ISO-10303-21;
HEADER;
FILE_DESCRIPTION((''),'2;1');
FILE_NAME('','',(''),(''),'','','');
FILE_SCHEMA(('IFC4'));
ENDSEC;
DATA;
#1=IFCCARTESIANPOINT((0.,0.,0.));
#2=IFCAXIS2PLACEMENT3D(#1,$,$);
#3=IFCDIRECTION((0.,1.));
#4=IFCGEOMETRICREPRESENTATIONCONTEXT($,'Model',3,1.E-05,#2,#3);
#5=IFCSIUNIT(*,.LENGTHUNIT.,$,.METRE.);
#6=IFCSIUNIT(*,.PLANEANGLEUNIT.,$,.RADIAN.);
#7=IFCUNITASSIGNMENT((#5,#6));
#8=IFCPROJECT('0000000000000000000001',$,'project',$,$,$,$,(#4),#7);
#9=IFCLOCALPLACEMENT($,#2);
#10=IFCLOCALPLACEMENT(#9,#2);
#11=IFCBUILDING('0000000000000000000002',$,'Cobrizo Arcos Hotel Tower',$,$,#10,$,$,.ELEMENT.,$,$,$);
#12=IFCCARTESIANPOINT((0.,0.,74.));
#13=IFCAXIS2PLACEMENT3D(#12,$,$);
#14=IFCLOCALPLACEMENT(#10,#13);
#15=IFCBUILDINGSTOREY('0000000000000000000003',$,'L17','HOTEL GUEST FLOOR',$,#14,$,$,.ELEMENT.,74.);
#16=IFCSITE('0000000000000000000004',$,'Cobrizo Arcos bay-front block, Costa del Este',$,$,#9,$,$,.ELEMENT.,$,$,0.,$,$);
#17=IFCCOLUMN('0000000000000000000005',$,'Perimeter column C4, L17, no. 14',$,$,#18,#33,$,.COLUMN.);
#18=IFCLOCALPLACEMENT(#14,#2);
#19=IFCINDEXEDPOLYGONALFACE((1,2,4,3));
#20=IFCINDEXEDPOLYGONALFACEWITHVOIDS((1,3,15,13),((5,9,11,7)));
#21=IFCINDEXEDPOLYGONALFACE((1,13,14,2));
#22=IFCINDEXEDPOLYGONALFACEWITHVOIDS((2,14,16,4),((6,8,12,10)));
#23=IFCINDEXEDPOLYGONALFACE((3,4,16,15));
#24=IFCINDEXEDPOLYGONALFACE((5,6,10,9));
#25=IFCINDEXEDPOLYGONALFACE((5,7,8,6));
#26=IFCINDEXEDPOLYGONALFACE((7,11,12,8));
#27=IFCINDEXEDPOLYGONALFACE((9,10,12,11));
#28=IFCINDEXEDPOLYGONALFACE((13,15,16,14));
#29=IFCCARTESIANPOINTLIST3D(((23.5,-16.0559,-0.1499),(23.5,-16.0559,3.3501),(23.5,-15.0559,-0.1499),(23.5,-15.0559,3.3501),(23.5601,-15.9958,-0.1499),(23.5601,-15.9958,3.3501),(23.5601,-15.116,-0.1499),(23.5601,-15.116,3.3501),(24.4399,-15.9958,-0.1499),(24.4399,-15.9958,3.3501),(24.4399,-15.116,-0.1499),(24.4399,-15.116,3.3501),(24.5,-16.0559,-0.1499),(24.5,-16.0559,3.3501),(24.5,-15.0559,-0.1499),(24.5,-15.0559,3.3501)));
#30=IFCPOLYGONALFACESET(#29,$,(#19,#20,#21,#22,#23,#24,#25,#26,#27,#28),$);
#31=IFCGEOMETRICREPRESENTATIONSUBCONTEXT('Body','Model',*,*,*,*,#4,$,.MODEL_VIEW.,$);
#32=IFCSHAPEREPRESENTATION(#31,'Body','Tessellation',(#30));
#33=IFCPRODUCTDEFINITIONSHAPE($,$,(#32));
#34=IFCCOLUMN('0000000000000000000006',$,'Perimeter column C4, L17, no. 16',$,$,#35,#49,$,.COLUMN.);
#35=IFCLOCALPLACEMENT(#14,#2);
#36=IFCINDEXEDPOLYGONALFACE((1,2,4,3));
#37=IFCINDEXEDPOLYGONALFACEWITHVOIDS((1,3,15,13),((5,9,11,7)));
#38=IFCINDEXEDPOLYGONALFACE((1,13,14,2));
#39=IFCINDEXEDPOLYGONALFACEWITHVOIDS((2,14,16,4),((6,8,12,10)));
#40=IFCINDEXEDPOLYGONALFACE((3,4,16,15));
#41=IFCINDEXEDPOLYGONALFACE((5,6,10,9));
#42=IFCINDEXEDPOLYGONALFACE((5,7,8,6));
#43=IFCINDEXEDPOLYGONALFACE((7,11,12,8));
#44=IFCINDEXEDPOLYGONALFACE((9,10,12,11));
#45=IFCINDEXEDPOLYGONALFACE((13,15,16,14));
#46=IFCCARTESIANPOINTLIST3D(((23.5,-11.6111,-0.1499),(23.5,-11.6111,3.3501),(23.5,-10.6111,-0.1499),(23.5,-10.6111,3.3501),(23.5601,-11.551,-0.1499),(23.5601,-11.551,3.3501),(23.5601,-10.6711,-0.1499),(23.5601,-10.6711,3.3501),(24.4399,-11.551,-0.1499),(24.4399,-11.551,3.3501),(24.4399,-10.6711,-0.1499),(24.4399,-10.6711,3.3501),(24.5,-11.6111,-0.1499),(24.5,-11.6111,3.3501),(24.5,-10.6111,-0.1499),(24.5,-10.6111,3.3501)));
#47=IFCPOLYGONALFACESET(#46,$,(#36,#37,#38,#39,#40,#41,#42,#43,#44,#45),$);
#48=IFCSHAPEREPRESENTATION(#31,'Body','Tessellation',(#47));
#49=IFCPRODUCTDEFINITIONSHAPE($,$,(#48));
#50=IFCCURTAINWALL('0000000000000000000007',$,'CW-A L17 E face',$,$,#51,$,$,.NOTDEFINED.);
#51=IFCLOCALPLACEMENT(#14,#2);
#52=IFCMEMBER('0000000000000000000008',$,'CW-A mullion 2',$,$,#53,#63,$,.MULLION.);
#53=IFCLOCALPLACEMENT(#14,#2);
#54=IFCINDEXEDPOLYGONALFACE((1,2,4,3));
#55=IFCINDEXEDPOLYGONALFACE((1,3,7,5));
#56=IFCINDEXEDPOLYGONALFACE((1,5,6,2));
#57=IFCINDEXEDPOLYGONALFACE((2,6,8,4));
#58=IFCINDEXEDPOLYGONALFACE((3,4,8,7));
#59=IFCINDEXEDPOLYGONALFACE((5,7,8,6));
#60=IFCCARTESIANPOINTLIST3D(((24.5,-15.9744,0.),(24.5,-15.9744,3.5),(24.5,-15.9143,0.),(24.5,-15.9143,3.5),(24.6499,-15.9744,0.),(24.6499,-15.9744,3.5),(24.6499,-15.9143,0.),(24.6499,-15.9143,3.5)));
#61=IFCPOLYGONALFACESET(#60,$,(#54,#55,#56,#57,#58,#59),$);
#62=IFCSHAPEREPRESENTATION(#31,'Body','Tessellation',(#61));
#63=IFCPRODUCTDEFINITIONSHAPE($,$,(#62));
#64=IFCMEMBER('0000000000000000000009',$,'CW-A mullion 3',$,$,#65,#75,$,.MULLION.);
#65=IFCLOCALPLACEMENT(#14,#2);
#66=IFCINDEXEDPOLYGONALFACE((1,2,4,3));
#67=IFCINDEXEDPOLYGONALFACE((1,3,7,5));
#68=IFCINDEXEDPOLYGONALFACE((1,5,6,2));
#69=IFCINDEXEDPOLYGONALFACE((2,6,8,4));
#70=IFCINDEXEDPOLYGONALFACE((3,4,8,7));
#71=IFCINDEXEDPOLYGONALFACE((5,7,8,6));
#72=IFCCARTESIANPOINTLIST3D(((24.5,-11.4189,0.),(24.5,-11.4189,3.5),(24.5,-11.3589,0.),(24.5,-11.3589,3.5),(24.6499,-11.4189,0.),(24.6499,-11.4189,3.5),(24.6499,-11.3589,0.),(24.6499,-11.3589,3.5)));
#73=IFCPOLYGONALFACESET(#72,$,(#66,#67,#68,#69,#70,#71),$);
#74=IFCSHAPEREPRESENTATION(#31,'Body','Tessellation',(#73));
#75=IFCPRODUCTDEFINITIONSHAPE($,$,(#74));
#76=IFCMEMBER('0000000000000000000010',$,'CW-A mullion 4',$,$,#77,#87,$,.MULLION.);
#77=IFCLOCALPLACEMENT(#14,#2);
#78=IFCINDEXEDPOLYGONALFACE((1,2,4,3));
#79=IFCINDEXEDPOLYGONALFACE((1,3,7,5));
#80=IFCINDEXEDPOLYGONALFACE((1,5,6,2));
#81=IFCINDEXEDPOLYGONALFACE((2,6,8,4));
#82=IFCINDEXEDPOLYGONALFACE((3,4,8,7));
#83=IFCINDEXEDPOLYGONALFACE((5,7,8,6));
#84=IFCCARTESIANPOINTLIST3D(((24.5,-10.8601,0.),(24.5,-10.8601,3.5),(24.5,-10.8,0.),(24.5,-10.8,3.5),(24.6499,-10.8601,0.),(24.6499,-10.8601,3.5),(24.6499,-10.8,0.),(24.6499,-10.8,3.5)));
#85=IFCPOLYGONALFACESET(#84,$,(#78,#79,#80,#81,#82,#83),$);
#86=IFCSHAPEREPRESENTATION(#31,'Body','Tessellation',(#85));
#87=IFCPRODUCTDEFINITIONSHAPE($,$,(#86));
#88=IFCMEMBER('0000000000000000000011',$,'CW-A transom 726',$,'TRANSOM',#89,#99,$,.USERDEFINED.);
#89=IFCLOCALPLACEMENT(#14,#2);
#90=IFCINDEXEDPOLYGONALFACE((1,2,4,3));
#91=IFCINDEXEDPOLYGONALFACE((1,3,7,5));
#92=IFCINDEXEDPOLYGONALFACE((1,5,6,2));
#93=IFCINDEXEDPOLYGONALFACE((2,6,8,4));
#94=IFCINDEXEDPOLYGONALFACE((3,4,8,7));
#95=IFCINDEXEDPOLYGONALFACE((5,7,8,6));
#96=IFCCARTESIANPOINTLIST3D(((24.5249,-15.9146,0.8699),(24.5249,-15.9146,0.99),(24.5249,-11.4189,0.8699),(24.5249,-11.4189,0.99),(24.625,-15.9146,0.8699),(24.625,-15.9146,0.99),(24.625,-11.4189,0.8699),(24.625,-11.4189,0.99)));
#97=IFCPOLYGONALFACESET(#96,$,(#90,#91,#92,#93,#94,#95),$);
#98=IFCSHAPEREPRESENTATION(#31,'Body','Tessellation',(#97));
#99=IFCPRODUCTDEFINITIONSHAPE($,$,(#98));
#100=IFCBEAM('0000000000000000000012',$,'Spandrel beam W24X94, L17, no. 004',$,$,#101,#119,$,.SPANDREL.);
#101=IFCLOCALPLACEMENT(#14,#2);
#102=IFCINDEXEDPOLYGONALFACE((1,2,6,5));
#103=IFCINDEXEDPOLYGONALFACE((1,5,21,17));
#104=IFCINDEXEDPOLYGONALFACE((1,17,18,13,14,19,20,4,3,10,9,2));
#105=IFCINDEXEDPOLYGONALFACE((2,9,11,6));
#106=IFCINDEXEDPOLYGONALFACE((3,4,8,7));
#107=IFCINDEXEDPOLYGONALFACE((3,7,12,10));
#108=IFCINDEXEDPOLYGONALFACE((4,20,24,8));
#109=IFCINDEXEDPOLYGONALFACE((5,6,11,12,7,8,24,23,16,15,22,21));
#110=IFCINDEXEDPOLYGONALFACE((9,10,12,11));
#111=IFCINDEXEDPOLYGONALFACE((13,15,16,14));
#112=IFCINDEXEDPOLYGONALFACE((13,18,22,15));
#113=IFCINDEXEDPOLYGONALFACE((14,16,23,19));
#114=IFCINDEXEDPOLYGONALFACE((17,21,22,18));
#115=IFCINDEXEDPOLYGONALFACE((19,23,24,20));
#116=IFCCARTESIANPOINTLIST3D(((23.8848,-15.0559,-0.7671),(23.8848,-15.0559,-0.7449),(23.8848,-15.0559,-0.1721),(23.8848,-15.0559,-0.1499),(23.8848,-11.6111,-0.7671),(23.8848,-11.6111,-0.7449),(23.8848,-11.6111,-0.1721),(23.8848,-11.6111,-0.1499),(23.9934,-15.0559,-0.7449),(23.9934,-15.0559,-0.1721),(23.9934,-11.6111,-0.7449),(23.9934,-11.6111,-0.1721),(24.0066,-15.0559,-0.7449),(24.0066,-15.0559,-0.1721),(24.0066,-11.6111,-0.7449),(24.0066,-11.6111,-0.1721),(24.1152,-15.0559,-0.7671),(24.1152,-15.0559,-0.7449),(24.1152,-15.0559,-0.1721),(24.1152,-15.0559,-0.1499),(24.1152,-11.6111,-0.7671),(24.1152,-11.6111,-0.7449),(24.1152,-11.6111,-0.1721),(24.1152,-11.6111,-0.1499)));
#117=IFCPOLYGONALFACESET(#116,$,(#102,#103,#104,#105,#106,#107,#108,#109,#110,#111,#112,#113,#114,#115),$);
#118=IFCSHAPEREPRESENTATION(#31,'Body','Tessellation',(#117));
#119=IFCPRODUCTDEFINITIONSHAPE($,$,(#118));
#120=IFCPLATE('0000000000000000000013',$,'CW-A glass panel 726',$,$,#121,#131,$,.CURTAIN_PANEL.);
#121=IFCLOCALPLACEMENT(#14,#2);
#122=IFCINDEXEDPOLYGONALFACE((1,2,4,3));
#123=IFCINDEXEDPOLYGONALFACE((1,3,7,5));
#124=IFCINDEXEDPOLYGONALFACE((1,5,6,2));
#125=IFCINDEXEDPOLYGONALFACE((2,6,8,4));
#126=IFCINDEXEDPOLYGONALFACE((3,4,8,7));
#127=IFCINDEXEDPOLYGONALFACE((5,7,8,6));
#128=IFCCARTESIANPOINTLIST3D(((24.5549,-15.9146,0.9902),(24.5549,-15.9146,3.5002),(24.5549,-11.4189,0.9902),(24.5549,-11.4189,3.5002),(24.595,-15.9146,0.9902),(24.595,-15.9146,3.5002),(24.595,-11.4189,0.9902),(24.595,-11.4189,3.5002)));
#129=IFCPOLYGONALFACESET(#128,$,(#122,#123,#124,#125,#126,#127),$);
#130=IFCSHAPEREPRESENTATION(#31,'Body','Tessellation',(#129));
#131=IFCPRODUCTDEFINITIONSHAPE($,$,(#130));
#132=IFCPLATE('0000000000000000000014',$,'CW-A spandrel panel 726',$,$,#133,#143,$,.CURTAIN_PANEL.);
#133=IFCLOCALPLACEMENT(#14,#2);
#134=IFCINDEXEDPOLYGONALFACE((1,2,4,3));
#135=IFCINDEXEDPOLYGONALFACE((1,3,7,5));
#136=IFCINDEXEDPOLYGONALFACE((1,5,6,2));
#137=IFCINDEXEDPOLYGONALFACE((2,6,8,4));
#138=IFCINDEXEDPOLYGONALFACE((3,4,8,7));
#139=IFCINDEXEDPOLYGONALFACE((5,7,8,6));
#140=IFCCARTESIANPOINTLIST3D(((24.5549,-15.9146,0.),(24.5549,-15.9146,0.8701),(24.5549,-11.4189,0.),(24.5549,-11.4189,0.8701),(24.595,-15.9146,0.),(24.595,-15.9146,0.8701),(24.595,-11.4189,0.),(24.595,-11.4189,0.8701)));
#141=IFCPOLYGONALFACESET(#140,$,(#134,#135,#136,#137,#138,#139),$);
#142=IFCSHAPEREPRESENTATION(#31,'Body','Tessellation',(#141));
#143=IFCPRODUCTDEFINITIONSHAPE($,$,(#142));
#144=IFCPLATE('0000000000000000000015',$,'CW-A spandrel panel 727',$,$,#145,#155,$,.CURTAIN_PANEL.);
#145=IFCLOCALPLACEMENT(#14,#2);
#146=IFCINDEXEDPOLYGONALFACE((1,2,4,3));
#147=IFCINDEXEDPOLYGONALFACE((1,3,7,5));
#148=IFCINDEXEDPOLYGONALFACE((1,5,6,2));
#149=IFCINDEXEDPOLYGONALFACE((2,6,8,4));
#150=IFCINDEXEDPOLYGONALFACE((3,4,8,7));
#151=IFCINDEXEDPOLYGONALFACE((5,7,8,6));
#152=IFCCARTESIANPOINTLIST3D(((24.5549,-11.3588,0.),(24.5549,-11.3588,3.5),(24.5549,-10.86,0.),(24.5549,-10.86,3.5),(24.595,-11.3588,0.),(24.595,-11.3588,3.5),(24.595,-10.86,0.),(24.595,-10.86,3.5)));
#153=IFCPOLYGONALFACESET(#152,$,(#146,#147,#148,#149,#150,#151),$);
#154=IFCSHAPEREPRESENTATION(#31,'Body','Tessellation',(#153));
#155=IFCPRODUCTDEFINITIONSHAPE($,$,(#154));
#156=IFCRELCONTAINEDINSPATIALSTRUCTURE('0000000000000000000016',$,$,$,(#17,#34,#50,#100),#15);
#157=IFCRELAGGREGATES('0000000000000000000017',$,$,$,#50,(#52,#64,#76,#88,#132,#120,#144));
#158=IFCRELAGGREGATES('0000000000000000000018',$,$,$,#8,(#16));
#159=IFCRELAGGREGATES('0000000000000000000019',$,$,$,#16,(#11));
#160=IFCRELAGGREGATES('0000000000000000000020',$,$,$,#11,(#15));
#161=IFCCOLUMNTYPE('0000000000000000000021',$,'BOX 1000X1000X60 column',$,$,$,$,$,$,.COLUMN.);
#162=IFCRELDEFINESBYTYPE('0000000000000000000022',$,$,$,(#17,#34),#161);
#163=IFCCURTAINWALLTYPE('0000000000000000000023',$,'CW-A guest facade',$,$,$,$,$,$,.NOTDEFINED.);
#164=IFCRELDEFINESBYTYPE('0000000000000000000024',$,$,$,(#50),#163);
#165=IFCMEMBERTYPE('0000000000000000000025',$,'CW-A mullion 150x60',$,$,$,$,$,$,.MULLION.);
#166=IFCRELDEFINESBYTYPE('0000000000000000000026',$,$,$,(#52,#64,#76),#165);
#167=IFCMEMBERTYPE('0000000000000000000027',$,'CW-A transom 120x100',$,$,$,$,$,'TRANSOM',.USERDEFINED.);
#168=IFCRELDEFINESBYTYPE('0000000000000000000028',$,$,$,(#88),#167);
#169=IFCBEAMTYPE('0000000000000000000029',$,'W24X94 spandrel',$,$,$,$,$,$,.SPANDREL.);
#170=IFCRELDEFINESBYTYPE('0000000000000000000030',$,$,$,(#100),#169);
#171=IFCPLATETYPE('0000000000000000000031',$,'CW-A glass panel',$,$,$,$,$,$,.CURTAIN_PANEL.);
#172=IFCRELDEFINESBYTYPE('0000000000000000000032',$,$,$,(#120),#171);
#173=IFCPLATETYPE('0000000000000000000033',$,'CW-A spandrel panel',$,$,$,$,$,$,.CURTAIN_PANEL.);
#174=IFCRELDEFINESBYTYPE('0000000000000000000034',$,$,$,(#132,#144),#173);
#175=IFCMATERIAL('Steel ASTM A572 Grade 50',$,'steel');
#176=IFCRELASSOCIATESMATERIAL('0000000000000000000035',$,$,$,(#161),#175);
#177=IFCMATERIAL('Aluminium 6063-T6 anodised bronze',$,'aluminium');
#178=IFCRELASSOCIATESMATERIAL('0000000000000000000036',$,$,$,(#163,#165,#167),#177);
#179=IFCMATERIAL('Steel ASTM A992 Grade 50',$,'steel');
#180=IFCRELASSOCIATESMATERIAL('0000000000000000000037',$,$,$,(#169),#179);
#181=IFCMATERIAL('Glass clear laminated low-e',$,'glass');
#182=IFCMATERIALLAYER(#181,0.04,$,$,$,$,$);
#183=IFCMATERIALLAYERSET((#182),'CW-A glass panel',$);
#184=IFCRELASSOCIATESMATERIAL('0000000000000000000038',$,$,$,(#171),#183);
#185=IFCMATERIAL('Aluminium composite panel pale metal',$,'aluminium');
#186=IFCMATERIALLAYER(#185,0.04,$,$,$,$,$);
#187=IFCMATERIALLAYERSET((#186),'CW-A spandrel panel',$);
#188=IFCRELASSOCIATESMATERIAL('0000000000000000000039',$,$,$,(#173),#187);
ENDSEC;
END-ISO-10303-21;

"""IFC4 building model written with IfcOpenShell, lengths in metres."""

from ifc_helpers import new_model, si_unit, direction, frame, origin, origin_2d, place, context, subcontext, project, spatial, rectangle, hollow_rectangle, i_section, extrude, material, layer, layer_set, material_profile, profile_set, type_object, element, aggregate, save


model = new_model("IFC4")

# Units and contexts
model_context = context("Model", 3, precision=1e-05, world=origin(), true_north=direction((0.0, 1.0)))
body_context = subcontext(model_context, "Body", "Model", "MODEL_VIEW")
ifc_project = project(units=[si_unit("LENGTHUNIT", "METRE"), si_unit("PLANEANGLEUNIT", "RADIAN")], contexts=[model_context])

# Site, building, storey
site_placement = place(None, origin())
site = spatial("IfcSite", under=ifc_project, at=site_placement, Name="Cobrizo Arcos bay-front block, Costa del Este", CompositionType="ELEMENT", RefElevation=0.0)
building_placement = place(site_placement, origin())
building = spatial("IfcBuilding", under=site, at=building_placement, Name="Cobrizo Arcos Hotel Tower", CompositionType="ELEMENT")
storey_placement = place(building_placement, frame((0.0, 0.0, 74.0)))
storey = spatial("IfcBuildingStorey", under=building, at=storey_placement, Name="L17", Description="HOTEL GUEST FLOOR", CompositionType="ELEMENT", Elevation=74.0)

# Columns
ifc_material_1 = material(Name="Steel ASTM A572 Grade 50", Category="steel")
ifc_material_profile_1 = material_profile(ifc_material_1, hollow_rectangle(XDim=1.0, YDim=1.0, WallThickness=0.0601, at=origin_2d()), Name="BOX 1000X1000X60")
ifc_profile_set_1 = profile_set([ifc_material_profile_1], Name="Steel ASTM A572 Grade 50")
column_type = type_object("IfcColumnType", Name="BOX 1000X1000X60 column", PredefinedType="COLUMN", material=ifc_profile_set_1)
for number, where, z_axis, x_axis, name in (
    (1, (24.0, -15.5559, -0.1499), (0.0, 0.0, 1.0), (1.0, 0.0, 0.0), "Perimeter column C4, L17, no. 14"),
    (2, (24.0, -11.1111, -0.1499), (0.0, 0.0, 1.0), (1.0, 0.0, 0.0), "Perimeter column C4, L17, no. 16"),
):
    element("IfcColumn", number, at=place(storey_placement, frame(where, z_axis=z_axis, x_axis=x_axis)), inside=storey, type_object=column_type, Name=name, PredefinedType="COLUMN", context=body_context, shape_type="SweptSolid", body=[
        extrude(hollow_rectangle(XDim=1.0, YDim=1.0, WallThickness=0.0601, at=origin_2d()), origin(), (0.0, 0.0, 1.0), 3.5),
    ])

# Curtain wall, members
ifc_material_2 = material(Name="Aluminium 6063-T6 anodised bronze", Category="aluminium")
curtain_wall_type = type_object("IfcCurtainWallType", Name="CW-A guest facade", PredefinedType="NOTDEFINED", material=ifc_material_2)
curtain_wall_placement = place(storey_placement, origin())
curtain_wall = element("IfcCurtainWall", 3, at=curtain_wall_placement, inside=storey, type_object=curtain_wall_type, Name="CW-A L17 E face", PredefinedType="NOTDEFINED")
ifc_material_profile_2 = material_profile(ifc_material_2, rectangle(XDim=0.1499, YDim=0.0601, at=origin_2d()), Name="CW-A mullion 150x60")
ifc_profile_set_2 = profile_set([ifc_material_profile_2], Name="Aluminium 6063-T6 anodised bronze")
member_type_1 = type_object("IfcMemberType", Name="CW-A mullion 150x60", PredefinedType="MULLION", material=ifc_profile_set_2)
member_1_placement = place(storey_placement, frame((24.575, -15.9443, 0.0), z_axis=(0.0, 0.0, 1.0), x_axis=(1.0, 0.0, 0.0)))
member_1 = element("IfcMember", 4, at=member_1_placement, type_object=member_type_1, Name="CW-A mullion 2", PredefinedType="MULLION", context=body_context, shape_type="SweptSolid", body=[
    extrude(rectangle(XDim=0.1499, YDim=0.0601, at=origin_2d()), origin(), (0.0, 0.0, 1.0), 3.5),
])
member_2_placement = place(storey_placement, frame((24.575, -11.3889, 0.0), z_axis=(0.0, 0.0, 1.0), x_axis=(1.0, 0.0, 0.0)))
member_2 = element("IfcMember", 5, at=member_2_placement, type_object=member_type_1, Name="CW-A mullion 3", PredefinedType="MULLION", context=body_context, shape_type="SweptSolid", body=[
    extrude(rectangle(XDim=0.1499, YDim=0.0601, at=origin_2d()), origin(), (0.0, 0.0, 1.0), 3.5),
])
member_3_placement = place(storey_placement, frame((24.575, -10.8301, 0.0), z_axis=(0.0, 0.0, 1.0), x_axis=(1.0, 0.0, 0.0)))
member_3 = element("IfcMember", 6, at=member_3_placement, type_object=member_type_1, Name="CW-A mullion 4", PredefinedType="MULLION", context=body_context, shape_type="SweptSolid", body=[
    extrude(rectangle(XDim=0.1499, YDim=0.0601, at=origin_2d()), origin(), (0.0, 0.0, 1.0), 3.5),
])
ifc_material_profile_3 = material_profile(ifc_material_2, rectangle(XDim=0.1001, YDim=0.1201, at=origin_2d()), Name="CW-A transom 120x100")
ifc_profile_set_3 = profile_set([ifc_material_profile_3], Name="Aluminium 6063-T6 anodised bronze")
member_type_2 = type_object("IfcMemberType", Name="CW-A transom 120x100", ElementType="TRANSOM", PredefinedType="USERDEFINED", material=ifc_profile_set_3)
member_4_placement = place(storey_placement, frame((24.575, -15.9146, 0.9299), z_axis=(0.0, 1.0, 0.0), x_axis=(-1.0, 0.0, 0.0)))
member_4 = element("IfcMember", 7, at=member_4_placement, type_object=member_type_2, Name="CW-A transom 726", ObjectType="TRANSOM", PredefinedType="USERDEFINED", context=body_context, shape_type="SweptSolid", body=[
    extrude(rectangle(XDim=0.1001, YDim=0.1201, at=origin_2d()), origin(), (0.0, 0.0, 1.0), 4.4956),
])

# Beam
ifc_material_3 = material(Name="Steel ASTM A992 Grade 50", Category="steel")
ifc_material_profile_4 = material_profile(ifc_material_3, i_section(OverallWidth=0.2305, OverallDepth=0.6172, WebThickness=0.0132, FlangeThickness=0.0222, at=origin_2d()), Name="W24X94")
ifc_profile_set_4 = profile_set([ifc_material_profile_4], Name="Steel ASTM A992 Grade 50")
beam_type = type_object("IfcBeamType", Name="W24X94 spandrel", PredefinedType="SPANDREL", material=ifc_profile_set_4)
beam_placement = place(storey_placement, frame((24.0, -11.6111, -0.4585), z_axis=(0.0, -1.0, 0.0), x_axis=(1.0, 0.0, 0.0)))
element("IfcBeam", 8, at=beam_placement, inside=storey, type_object=beam_type, Name="Spandrel beam W24X94, L17, no. 004", PredefinedType="SPANDREL", context=body_context, shape_type="SweptSolid", body=[
    extrude(i_section(OverallWidth=0.2305, OverallDepth=0.6172, WebThickness=0.0132, FlangeThickness=0.0222, at=origin_2d()), origin(), (0.0, 0.0, 1.0), 3.4448),
])

# Plates
ifc_material_4 = material(Name="Glass clear laminated low-e", Category="glass")
ifc_layer_1 = layer(ifc_material_4, 0.04)
ifc_layer_set_1 = layer_set([ifc_layer_1], Name="CW-A glass panel")
plate_type_1 = type_object("IfcPlateType", Name="CW-A glass panel", PredefinedType="CURTAIN_PANEL", material=ifc_layer_set_1)
plate_1_placement = place(storey_placement, frame((24.575, -13.6667, 0.9902), z_axis=(0.0, 0.0, 1.0), x_axis=(0.0, 1.0, 0.0)))
plate_1 = element("IfcPlate", 9, at=plate_1_placement, type_object=plate_type_1, Name="CW-A glass panel 726", PredefinedType="CURTAIN_PANEL", context=body_context, shape_type="SweptSolid", body=[
    extrude(rectangle(XDim=4.4956, YDim=0.04, at=origin_2d()), origin(), (0.0, 0.0, 1.0), 2.51),
])
ifc_material_5 = material(Name="Aluminium composite panel pale metal", Category="aluminium")
ifc_layer_2 = layer(ifc_material_5, 0.04)
ifc_layer_set_2 = layer_set([ifc_layer_2], Name="CW-A spandrel panel")
plate_type_2 = type_object("IfcPlateType", Name="CW-A spandrel panel", PredefinedType="CURTAIN_PANEL", material=ifc_layer_set_2)
plate_2_placement = place(storey_placement, frame((24.575, -13.6667, 0.0), z_axis=(0.0, 0.0, 1.0), x_axis=(0.0, 1.0, 0.0)))
plate_2 = element("IfcPlate", 10, at=plate_2_placement, type_object=plate_type_2, Name="CW-A spandrel panel 726", PredefinedType="CURTAIN_PANEL", context=body_context, shape_type="SweptSolid", body=[
    extrude(rectangle(XDim=4.4956, YDim=0.04, at=origin_2d()), origin(), (0.0, 0.0, 1.0), 0.8701),
])
plate_3_placement = place(storey_placement, frame((24.575, -11.1094, 0.0), z_axis=(0.0, 0.0, 1.0), x_axis=(0.0, 1.0, 0.0)))
plate_3 = element("IfcPlate", 11, at=plate_3_placement, type_object=plate_type_2, Name="CW-A spandrel panel 727", PredefinedType="CURTAIN_PANEL", context=body_context, shape_type="SweptSolid", body=[
    extrude(rectangle(XDim=0.4988, YDim=0.04, at=origin_2d()), origin(), (0.0, 0.0, 1.0), 3.5),
])
aggregate(curtain_wall, [member_1, member_2, member_3, member_4, plate_2, plate_1, plate_3])

save(model, "model.ifc")
